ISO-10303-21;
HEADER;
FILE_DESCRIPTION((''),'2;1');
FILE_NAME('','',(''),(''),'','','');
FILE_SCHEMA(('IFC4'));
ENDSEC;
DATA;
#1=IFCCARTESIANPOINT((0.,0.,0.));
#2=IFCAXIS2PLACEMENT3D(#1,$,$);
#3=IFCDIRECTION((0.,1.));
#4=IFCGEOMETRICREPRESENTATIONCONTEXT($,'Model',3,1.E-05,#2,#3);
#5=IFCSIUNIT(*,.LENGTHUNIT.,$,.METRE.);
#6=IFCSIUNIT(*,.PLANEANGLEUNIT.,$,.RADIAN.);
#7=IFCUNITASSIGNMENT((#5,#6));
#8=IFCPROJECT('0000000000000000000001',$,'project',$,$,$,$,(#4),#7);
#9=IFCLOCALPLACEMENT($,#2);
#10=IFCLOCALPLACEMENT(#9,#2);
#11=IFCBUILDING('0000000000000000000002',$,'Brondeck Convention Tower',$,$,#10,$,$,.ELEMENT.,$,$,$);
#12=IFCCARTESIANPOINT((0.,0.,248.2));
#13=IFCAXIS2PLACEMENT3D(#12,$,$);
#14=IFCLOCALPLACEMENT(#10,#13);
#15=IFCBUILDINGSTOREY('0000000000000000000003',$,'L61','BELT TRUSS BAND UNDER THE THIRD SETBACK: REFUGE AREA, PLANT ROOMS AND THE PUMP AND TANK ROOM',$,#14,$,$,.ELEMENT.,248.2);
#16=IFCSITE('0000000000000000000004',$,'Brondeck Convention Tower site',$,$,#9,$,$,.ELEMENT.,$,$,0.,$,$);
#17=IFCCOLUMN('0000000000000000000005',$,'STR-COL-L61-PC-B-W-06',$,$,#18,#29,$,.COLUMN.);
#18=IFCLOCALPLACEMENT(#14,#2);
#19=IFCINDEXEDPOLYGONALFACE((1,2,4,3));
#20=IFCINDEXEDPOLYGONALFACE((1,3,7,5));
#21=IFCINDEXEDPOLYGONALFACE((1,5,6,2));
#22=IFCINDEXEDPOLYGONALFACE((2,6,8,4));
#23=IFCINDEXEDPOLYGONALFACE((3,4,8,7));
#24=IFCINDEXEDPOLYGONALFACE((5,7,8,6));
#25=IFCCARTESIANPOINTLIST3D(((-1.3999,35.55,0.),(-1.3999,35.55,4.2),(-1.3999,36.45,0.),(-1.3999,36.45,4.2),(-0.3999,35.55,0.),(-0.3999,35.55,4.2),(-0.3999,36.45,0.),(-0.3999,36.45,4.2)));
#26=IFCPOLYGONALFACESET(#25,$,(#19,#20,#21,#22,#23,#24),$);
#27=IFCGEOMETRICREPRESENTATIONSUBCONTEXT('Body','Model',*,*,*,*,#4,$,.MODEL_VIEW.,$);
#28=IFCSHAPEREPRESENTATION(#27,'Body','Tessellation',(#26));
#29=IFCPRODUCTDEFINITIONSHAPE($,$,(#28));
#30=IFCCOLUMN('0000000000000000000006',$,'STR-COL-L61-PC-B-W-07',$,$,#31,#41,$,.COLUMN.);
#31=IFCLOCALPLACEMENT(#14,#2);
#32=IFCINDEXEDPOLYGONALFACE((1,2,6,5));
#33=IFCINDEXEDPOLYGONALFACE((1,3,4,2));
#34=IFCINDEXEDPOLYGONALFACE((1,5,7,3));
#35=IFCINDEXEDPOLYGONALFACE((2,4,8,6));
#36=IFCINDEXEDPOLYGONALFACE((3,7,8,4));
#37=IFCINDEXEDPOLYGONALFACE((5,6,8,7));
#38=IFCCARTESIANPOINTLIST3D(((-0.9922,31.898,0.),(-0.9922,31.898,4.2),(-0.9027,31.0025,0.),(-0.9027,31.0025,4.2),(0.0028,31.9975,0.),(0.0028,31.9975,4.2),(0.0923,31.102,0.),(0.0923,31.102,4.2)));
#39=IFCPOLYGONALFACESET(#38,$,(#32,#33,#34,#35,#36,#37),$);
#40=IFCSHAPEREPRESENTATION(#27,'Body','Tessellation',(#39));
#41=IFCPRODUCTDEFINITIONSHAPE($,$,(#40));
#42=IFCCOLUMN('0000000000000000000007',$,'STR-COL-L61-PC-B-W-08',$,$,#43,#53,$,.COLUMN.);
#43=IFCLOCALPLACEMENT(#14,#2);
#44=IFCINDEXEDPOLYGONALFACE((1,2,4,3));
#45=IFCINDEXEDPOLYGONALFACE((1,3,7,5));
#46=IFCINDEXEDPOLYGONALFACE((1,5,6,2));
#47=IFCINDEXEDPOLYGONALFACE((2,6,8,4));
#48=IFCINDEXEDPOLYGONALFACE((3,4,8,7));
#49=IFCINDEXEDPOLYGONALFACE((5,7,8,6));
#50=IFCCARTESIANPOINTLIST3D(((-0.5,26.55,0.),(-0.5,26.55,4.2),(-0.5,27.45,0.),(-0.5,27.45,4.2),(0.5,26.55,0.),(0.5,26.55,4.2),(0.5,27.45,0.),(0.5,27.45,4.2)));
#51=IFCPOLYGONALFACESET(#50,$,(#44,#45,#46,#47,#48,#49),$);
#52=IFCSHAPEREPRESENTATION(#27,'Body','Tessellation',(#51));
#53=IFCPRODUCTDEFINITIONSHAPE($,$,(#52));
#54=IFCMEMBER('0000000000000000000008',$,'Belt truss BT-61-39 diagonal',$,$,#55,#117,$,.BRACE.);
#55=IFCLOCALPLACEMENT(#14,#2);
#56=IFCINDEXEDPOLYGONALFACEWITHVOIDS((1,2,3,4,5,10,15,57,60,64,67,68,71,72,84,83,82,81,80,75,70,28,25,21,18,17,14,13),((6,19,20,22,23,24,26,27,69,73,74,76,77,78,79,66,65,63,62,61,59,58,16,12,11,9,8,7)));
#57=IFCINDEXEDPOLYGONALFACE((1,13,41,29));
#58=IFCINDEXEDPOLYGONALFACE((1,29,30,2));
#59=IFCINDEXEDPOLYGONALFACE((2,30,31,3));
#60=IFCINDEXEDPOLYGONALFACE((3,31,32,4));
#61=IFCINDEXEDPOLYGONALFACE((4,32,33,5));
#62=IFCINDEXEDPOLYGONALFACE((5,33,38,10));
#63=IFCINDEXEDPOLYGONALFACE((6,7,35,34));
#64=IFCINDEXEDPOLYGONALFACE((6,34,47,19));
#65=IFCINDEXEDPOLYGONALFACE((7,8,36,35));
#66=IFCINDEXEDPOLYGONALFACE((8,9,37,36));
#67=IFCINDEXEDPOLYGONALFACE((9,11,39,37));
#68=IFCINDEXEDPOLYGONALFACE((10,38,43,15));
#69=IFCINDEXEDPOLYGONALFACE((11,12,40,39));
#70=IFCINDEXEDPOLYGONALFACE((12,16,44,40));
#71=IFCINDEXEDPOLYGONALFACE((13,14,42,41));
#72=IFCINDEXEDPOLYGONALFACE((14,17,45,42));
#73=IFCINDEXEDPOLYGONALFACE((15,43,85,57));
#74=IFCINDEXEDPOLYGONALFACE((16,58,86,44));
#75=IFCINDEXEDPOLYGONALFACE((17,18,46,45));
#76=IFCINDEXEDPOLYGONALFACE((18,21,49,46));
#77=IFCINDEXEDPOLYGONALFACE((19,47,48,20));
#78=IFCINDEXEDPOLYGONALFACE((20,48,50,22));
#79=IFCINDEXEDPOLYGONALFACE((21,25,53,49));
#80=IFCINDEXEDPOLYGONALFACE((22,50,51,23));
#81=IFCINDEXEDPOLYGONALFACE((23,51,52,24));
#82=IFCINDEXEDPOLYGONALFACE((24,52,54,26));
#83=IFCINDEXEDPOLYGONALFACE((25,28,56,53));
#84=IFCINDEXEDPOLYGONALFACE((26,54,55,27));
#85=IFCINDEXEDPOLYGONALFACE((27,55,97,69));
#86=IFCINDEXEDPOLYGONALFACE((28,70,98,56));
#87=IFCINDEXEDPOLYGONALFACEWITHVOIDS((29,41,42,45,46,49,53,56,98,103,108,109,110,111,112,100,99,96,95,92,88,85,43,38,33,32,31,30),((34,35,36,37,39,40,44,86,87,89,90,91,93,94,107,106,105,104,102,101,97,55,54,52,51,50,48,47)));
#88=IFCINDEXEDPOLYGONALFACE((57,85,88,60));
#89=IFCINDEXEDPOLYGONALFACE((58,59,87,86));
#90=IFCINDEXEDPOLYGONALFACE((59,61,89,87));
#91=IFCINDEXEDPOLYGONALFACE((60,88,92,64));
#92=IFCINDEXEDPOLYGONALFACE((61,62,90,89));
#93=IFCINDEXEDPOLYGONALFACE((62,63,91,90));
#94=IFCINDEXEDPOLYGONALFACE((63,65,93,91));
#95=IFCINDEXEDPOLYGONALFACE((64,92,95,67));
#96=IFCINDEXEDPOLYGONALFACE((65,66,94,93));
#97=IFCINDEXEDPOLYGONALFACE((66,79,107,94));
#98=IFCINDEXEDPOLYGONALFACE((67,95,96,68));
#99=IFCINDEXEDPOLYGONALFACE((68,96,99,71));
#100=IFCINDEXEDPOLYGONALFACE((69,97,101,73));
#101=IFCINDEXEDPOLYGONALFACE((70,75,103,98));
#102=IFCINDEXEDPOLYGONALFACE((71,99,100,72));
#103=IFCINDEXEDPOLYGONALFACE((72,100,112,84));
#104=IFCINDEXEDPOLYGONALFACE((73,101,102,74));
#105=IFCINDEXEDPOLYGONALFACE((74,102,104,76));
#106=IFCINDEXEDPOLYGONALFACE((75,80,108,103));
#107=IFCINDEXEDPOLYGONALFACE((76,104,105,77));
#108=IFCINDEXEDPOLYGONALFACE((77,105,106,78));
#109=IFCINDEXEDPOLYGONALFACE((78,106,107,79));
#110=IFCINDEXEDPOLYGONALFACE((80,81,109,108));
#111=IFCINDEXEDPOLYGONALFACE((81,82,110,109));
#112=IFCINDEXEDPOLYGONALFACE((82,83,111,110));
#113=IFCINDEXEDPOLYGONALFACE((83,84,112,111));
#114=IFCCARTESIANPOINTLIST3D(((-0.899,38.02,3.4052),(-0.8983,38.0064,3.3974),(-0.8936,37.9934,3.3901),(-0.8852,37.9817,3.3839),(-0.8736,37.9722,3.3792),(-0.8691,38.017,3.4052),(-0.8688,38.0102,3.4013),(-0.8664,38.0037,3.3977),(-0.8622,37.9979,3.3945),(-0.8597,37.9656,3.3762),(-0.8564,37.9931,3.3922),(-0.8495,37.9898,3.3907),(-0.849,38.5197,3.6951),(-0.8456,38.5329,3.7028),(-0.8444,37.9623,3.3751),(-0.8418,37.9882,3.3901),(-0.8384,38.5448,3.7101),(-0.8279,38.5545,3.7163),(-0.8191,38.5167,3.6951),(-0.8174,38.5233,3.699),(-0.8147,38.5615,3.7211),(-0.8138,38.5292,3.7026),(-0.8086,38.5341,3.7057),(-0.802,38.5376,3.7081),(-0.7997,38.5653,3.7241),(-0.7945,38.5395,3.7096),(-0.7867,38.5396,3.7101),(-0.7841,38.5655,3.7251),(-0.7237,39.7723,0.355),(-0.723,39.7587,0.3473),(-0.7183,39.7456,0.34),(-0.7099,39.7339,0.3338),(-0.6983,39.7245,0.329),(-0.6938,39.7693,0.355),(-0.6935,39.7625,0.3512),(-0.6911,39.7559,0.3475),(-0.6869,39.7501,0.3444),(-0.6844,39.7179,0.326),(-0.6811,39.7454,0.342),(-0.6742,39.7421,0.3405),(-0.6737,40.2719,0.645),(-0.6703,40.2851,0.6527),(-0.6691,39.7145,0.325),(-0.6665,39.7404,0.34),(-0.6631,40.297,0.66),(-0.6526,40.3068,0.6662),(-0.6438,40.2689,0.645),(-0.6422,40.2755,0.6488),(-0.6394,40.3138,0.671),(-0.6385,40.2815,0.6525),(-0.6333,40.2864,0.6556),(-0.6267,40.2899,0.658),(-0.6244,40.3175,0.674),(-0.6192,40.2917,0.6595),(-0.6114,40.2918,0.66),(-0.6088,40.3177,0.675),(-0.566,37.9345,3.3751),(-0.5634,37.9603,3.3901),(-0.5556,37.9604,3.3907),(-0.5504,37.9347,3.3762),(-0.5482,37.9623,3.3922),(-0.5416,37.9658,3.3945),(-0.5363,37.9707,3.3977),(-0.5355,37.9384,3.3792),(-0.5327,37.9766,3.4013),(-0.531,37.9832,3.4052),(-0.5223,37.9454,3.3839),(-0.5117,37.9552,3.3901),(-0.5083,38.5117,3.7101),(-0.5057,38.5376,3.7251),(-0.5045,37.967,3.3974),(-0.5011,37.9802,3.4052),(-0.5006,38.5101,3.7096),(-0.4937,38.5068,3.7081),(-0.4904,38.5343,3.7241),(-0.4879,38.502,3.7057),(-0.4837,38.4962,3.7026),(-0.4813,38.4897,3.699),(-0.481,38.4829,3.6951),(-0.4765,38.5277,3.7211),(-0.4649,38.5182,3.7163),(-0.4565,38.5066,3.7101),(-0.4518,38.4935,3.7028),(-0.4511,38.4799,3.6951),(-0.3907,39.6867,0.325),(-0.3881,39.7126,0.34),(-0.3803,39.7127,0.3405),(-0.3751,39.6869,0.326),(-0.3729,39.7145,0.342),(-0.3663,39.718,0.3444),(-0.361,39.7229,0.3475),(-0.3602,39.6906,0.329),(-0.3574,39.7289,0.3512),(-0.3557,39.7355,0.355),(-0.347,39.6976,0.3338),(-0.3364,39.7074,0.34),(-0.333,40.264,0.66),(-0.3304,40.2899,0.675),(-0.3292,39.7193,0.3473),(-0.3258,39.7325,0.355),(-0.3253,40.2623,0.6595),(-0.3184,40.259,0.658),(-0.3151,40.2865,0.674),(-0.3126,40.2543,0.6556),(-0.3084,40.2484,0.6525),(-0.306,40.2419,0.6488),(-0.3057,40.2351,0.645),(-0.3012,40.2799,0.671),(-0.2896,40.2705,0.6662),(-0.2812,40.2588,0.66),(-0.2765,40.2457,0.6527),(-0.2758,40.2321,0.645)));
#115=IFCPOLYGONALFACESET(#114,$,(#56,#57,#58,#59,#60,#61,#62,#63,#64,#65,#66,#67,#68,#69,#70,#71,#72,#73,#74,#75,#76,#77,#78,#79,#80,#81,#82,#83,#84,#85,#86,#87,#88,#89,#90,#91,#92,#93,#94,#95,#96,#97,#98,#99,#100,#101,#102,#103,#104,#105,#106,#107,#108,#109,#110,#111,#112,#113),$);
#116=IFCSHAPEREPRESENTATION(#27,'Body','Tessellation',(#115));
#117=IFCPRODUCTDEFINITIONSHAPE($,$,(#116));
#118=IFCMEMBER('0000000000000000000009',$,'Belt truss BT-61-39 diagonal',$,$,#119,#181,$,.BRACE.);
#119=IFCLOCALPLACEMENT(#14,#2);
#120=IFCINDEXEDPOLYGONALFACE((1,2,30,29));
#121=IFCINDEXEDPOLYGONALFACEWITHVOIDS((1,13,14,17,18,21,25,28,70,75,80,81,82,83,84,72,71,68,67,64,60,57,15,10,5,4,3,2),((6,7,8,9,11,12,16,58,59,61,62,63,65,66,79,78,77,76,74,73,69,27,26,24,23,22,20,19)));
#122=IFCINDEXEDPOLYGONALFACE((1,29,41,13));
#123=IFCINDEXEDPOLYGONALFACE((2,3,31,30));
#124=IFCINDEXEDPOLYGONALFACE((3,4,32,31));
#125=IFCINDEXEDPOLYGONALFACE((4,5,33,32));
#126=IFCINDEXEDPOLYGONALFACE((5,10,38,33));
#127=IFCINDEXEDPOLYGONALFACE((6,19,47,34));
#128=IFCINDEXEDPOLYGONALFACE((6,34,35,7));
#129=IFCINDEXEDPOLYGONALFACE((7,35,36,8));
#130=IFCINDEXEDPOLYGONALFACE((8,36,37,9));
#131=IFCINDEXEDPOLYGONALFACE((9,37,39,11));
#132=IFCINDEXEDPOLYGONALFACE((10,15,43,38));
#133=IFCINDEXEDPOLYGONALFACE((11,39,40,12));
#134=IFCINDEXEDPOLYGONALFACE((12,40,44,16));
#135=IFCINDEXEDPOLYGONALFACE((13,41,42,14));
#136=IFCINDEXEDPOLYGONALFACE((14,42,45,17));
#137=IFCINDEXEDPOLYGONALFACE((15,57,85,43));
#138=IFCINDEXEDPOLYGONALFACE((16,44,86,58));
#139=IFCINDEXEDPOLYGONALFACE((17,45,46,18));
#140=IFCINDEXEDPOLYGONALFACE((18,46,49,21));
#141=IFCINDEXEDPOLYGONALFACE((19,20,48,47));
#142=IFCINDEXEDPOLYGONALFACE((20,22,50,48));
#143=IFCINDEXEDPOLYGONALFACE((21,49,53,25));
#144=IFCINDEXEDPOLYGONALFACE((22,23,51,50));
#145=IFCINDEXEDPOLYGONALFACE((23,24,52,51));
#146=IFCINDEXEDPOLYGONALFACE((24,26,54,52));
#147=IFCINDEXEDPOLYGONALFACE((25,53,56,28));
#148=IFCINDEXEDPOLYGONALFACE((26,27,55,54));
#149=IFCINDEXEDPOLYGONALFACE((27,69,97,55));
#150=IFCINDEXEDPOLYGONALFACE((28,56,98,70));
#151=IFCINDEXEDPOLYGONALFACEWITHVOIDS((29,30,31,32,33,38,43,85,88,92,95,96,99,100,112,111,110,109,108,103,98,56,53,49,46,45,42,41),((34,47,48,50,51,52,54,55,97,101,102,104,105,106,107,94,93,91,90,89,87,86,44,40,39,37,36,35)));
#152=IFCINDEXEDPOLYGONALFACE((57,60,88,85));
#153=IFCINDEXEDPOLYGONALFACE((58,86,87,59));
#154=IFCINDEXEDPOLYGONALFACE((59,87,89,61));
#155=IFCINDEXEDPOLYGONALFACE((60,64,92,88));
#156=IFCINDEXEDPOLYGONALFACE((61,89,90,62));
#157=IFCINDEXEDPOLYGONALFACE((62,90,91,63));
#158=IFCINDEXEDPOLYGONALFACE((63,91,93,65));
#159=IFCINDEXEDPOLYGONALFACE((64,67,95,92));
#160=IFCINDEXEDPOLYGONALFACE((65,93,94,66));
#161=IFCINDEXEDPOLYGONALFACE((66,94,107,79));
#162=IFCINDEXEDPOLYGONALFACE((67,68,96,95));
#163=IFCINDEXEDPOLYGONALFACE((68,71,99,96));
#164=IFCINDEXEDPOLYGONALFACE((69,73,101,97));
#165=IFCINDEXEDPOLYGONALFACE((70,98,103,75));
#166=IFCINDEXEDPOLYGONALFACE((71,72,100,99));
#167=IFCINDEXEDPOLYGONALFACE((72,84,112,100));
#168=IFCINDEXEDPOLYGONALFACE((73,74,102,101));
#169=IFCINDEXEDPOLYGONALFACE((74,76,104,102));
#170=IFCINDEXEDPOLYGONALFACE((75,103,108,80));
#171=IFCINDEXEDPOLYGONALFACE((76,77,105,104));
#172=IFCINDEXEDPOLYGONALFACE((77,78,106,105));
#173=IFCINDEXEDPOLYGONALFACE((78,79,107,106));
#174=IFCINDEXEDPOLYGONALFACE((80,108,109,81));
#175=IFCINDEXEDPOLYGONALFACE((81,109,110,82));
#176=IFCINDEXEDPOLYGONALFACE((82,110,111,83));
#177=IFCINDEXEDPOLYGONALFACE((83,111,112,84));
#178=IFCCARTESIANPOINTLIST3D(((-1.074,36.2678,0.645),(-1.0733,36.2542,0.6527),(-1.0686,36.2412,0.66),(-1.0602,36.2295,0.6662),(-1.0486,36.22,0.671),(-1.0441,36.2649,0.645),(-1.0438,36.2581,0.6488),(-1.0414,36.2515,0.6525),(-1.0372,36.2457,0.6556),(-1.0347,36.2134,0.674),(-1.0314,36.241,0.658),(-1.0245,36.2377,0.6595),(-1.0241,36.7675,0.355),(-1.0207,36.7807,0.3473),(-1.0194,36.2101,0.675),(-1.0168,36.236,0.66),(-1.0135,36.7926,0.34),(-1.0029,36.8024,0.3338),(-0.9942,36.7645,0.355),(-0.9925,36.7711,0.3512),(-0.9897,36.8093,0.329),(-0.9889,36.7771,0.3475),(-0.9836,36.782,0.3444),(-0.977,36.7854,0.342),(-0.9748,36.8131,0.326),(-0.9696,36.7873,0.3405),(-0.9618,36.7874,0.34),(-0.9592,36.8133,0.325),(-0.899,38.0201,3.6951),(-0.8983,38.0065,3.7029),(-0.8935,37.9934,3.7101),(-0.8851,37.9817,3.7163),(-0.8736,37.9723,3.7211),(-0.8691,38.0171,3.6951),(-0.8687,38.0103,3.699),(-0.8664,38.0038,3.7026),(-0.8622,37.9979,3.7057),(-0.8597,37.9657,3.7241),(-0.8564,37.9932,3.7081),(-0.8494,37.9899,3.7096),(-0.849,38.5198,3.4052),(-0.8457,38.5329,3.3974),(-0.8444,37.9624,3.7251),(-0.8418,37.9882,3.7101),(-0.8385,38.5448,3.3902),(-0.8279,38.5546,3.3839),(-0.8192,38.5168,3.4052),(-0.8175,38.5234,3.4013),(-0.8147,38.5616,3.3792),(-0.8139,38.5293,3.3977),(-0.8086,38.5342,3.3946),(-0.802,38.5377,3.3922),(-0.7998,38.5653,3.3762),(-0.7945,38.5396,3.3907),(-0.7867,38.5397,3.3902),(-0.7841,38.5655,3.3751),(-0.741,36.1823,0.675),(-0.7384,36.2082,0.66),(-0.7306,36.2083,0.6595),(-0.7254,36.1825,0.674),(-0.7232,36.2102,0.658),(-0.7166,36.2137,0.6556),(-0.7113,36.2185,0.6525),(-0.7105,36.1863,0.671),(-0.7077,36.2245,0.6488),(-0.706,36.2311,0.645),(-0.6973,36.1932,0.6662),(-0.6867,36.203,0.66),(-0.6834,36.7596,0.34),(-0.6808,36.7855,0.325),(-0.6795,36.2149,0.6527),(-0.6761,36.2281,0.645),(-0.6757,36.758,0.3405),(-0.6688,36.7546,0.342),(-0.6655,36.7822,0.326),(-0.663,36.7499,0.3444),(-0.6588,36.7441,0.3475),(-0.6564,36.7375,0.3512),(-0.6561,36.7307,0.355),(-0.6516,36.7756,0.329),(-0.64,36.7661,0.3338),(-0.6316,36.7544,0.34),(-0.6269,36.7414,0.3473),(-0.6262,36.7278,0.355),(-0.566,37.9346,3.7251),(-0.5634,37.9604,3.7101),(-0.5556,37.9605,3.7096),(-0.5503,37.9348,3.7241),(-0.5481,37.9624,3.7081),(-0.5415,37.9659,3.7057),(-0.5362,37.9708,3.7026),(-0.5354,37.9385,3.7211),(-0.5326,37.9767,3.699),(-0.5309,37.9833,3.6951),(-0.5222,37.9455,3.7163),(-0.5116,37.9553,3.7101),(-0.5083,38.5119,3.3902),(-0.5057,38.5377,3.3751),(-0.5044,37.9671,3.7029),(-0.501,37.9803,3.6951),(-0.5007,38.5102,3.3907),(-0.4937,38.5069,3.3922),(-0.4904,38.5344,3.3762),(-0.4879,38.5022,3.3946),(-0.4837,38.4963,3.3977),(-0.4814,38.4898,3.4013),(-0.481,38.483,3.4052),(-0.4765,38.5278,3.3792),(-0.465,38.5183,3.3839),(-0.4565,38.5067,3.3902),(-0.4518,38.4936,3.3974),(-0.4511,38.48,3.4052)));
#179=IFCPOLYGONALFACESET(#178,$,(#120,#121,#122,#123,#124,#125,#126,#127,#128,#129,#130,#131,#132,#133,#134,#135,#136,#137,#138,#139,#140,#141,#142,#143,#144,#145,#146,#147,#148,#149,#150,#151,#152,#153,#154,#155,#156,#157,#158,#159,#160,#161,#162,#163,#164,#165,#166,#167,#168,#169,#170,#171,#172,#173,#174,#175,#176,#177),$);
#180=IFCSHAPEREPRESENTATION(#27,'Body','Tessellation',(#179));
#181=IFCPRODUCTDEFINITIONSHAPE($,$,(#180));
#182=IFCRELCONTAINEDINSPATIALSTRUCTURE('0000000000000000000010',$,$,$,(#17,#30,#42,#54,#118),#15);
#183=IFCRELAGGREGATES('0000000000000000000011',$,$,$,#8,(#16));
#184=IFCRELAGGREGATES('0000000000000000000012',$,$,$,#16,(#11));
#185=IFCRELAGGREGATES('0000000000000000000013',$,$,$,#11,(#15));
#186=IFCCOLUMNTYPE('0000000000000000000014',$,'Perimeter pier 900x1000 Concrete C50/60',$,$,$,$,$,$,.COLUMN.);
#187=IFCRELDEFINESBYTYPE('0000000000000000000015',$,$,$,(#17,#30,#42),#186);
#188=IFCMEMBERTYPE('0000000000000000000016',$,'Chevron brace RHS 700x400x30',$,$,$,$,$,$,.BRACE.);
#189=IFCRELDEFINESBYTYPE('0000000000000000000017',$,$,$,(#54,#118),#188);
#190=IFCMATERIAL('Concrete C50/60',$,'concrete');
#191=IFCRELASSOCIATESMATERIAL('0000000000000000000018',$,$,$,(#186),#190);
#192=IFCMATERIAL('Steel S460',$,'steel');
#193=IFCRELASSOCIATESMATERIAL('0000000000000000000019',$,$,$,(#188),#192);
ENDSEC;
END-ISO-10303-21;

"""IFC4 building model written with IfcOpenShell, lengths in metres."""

from ifc_helpers import new_model, si_unit, direction, frame, origin, origin_2d, place, context, subcontext, project, spatial, rectangle, hollow_rectangle, extrude, material, material_profile, profile_set, type_object, element, save


model = new_model("IFC4")

# Units and contexts
model_context = context("Model", 3, precision=1e-05, world=origin(), true_north=direction((0.0, 1.0)))
body_context = subcontext(model_context, "Body", "Model", "MODEL_VIEW")
ifc_project = project(units=[si_unit("LENGTHUNIT", "METRE"), si_unit("PLANEANGLEUNIT", "RADIAN")], contexts=[model_context])

# Site, building, storey
site_placement = place(None, origin())
site = spatial("IfcSite", under=ifc_project, at=site_placement, Name="Brondeck Convention Tower site", CompositionType="ELEMENT", RefElevation=0.0)
building_placement = place(site_placement, origin())
building = spatial("IfcBuilding", under=site, at=building_placement, Name="Brondeck Convention Tower", CompositionType="ELEMENT")
storey_placement = place(building_placement, frame((0.0, 0.0, 248.2)))
storey = spatial("IfcBuildingStorey", under=building, at=storey_placement, Name="L61", Description="BELT TRUSS BAND UNDER THE THIRD SETBACK: REFUGE AREA, PLANT ROOMS AND THE PUMP AND TANK ROOM", CompositionType="ELEMENT", Elevation=248.2)

# Columns
ifc_material_1 = material(Name="Concrete C50/60", Category="concrete")
ifc_material_profile_1 = material_profile(ifc_material_1, rectangle(XDim=0.8999, YDim=1.0, at=origin_2d()), Name="Perimeter pier 900x1000 Concrete C50/60")
ifc_profile_set_1 = profile_set([ifc_material_profile_1], Name="Concrete C50/60")
column_type = type_object("IfcColumnType", Name="Perimeter pier 900x1000 Concrete C50/60", PredefinedType="COLUMN", material=ifc_profile_set_1)
for number, where, z_axis, x_axis, name in (
    (1, (-0.8999, 36.0, 0.0), (0.0, 0.0, 1.0), (0.0, -1.0, 0.0), "STR-COL-L61-PC-B-W-06"),
    (2, (-0.45, 31.5, 0.0), (0.0, 0.0, 1.0), (0.099504, -0.995037, 0.0), "STR-COL-L61-PC-B-W-07"),
    (3, (0.0, 27.0, 0.0), (0.0, 0.0, 1.0), (0.0, -1.0, 0.0), "STR-COL-L61-PC-B-W-08"),
):
    element("IfcColumn", number, at=place(storey_placement, frame(where, z_axis=z_axis, x_axis=x_axis)), inside=storey, type_object=column_type, Name=name, PredefinedType="COLUMN", context=body_context, shape_type="SweptSolid", body=[
        extrude(rectangle(XDim=0.8999, YDim=1.0, at=origin_2d()), origin(), (0.0, 0.0, 1.0), 4.2),
    ])

# Members
ifc_material_2 = material(Name="Steel S460", Category="steel")
ifc_material_profile_2 = material_profile(ifc_material_2, hollow_rectangle(XDim=0.3999, YDim=0.7, WallThickness=0.03, InnerFilletRadius=0.03, OuterFilletRadius=0.0601, at=origin_2d()), Name="RHS 700x400x30")
ifc_profile_set_2 = profile_set([ifc_material_profile_2], Name="Steel S460")
member_type_1 = type_object("IfcMemberType", Name="Chevron brace RHS 700x400x30", PredefinedType="BRACE", material=ifc_profile_set_2)
for number, where, z_axis, x_axis, name in (
    (4, (-0.4998, 40.0022, 0.5), (-0.049772, -0.497516, 0.866026), (0.995033, -0.099545, 0.0), "Belt truss BT-61-39 diagonal"),
    (5, (-0.8501, 36.4978, 0.5), (0.049703, 0.497518, 0.866029), (-0.995047, 0.099408, 0.0), "Belt truss BT-61-39 diagonal"),
):
    element("IfcMember", number, at=place(storey_placement, frame(where, z_axis=z_axis, x_axis=x_axis)), inside=storey, type_object=member_type_1, Name=name, PredefinedType="BRACE", context=body_context, shape_type="SweptSolid", body=[
        extrude(hollow_rectangle(XDim=0.3999, YDim=0.7, WallThickness=0.03, InnerFilletRadius=0.03, OuterFilletRadius=0.0601, at=origin_2d()), origin(), (0.0, 0.0, 1.0), 3.522),
    ])

save(model, "model.ifc")
